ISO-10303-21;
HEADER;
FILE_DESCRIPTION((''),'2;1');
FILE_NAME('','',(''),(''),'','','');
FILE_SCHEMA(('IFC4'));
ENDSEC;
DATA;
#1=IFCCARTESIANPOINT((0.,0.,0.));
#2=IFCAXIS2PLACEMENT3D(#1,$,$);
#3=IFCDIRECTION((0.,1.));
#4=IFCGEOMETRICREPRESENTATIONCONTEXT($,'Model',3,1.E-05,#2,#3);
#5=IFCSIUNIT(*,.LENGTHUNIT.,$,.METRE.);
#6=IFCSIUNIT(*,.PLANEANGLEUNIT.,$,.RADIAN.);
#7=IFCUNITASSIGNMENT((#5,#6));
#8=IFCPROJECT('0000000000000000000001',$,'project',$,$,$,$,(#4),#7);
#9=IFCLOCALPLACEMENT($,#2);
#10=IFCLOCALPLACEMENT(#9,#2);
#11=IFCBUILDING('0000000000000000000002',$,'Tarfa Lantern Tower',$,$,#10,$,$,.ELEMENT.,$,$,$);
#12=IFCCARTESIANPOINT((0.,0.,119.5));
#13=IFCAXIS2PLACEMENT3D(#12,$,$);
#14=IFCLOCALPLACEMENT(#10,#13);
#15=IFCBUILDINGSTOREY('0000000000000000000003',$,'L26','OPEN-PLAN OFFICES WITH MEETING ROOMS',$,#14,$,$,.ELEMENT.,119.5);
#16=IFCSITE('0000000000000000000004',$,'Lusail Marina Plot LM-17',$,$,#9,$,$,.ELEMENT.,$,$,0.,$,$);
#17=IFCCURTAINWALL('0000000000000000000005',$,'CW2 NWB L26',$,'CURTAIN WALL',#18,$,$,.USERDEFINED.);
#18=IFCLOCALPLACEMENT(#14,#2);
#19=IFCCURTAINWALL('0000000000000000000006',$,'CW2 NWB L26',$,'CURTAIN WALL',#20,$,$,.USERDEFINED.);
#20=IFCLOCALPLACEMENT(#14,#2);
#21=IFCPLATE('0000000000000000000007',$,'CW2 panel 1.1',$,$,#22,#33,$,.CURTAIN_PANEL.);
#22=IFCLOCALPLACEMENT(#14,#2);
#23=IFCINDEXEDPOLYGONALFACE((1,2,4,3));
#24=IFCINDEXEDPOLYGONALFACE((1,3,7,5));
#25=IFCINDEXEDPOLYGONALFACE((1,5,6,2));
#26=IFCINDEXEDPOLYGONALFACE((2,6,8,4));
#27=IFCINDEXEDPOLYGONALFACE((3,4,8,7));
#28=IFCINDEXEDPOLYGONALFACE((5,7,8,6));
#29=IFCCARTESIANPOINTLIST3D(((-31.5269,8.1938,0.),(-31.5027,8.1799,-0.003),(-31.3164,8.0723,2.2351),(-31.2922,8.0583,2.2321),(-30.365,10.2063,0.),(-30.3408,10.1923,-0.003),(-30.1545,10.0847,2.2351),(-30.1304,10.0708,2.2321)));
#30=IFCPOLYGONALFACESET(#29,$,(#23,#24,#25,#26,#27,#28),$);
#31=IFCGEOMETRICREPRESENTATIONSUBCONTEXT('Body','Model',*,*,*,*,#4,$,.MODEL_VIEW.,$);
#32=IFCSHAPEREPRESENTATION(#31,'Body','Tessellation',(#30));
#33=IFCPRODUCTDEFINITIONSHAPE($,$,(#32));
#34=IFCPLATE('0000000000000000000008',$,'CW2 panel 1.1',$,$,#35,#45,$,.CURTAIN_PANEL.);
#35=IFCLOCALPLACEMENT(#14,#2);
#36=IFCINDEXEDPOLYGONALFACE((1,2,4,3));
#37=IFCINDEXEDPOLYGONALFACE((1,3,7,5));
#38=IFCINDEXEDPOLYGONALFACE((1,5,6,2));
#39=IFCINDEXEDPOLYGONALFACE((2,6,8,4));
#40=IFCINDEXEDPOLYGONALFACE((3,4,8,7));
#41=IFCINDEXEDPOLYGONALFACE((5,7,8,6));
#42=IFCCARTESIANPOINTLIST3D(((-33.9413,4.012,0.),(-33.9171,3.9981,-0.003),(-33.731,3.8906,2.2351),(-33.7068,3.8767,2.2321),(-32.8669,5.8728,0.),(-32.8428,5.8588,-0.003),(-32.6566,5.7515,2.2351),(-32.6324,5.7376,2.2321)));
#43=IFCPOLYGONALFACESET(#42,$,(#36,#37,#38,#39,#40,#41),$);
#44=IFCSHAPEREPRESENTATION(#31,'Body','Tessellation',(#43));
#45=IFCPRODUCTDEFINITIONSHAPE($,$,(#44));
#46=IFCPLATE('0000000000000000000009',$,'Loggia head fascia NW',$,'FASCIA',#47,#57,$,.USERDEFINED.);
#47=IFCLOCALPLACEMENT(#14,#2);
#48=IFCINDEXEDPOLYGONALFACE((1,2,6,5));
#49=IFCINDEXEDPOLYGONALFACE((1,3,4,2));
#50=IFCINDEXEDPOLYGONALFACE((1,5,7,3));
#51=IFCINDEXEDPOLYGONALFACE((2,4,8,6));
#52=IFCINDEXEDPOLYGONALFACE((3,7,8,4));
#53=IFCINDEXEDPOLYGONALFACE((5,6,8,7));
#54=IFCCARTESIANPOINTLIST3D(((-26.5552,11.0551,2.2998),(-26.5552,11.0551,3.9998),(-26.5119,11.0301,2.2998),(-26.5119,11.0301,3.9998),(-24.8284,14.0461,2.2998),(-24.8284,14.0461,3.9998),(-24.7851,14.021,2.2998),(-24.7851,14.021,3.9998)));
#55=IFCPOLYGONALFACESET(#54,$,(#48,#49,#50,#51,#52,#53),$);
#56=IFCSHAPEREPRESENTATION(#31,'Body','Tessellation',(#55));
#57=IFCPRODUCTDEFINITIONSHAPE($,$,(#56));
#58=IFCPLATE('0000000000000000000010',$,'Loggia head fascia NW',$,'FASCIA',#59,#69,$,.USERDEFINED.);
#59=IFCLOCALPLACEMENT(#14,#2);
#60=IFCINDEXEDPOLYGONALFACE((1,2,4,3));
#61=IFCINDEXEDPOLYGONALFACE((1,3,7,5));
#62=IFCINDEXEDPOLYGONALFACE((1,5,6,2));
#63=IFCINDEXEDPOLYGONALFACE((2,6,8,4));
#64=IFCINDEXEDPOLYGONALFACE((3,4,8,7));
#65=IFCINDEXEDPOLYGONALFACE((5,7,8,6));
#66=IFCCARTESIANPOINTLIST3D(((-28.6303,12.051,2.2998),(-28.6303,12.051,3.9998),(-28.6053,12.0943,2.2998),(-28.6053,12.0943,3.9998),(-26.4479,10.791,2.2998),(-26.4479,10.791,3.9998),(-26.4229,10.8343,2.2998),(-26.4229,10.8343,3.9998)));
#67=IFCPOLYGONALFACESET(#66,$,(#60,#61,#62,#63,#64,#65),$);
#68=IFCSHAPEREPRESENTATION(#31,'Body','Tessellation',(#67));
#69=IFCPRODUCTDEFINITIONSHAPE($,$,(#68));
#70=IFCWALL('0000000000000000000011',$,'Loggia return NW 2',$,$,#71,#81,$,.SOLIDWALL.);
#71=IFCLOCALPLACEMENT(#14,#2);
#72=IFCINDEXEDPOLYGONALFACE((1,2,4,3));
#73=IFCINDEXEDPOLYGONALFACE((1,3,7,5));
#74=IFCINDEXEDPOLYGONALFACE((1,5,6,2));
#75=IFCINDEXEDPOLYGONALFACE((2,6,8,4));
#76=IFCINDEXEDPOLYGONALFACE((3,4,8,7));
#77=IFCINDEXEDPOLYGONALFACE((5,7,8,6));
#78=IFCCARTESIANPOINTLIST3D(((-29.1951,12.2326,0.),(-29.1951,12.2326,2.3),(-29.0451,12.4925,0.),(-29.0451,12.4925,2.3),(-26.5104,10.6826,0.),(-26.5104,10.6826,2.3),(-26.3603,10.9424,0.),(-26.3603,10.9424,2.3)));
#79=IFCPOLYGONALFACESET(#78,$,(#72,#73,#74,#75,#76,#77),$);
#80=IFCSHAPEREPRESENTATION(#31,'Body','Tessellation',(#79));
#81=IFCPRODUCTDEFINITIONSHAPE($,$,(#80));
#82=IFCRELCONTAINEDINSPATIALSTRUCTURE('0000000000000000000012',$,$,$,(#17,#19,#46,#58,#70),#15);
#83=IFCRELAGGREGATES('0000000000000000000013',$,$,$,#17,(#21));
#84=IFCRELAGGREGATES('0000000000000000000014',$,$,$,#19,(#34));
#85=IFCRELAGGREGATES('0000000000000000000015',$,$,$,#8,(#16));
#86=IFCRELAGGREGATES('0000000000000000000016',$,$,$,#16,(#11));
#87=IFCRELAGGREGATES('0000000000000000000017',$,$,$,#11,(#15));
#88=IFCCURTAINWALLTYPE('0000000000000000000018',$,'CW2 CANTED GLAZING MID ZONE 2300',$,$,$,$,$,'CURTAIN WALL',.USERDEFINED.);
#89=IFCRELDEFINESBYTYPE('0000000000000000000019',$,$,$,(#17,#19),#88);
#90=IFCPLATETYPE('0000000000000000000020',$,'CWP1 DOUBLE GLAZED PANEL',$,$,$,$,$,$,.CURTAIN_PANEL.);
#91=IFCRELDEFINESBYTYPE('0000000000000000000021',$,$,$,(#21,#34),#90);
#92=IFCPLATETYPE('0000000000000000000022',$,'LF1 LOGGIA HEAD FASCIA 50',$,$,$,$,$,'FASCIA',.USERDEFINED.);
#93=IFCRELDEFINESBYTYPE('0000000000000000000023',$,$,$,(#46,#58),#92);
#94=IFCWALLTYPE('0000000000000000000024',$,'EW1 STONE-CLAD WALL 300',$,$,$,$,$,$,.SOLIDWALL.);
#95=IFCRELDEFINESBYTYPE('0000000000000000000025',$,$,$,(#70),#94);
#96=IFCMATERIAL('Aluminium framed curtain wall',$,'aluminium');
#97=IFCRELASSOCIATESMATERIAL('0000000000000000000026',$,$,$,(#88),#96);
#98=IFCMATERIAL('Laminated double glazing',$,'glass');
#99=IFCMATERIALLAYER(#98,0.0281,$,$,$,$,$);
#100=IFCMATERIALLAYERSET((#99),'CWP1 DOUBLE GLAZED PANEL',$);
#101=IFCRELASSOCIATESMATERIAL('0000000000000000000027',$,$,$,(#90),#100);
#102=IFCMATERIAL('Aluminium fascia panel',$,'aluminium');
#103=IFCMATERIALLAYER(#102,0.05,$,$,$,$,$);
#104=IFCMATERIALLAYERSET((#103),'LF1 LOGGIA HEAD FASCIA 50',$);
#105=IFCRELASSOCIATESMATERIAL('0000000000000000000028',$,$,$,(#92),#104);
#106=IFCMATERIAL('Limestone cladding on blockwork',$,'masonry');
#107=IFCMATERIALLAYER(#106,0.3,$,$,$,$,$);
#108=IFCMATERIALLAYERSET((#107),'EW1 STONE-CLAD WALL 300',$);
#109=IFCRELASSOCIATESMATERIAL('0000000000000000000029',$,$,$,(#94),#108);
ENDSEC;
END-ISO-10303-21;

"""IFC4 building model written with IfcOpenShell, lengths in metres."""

from ifc_helpers import new_model, si_unit, direction, frame, frame_2d, origin, origin_2d, place, context, subcontext, project, spatial, polyline, rectangle, outline, extrude, material, layer, layer_set, type_object, element, aggregate, save


model = new_model("IFC4")

# Units and contexts
model_context = context("Model", 3, precision=1e-05, world=origin(), true_north=direction((0.0, 1.0)))
body_context = subcontext(model_context, "Body", "Model", "MODEL_VIEW")
ifc_project = project(units=[si_unit("LENGTHUNIT", "METRE"), si_unit("PLANEANGLEUNIT", "RADIAN")], contexts=[model_context])

# Site, building, storey
site_placement = place(None, origin())
site = spatial("IfcSite", under=ifc_project, at=site_placement, Name="Lusail Marina Plot LM-17", CompositionType="ELEMENT", RefElevation=0.0)
building_placement = place(site_placement, origin())
building = spatial("IfcBuilding", under=site, at=building_placement, Name="Tarfa Lantern Tower", CompositionType="ELEMENT")
storey_placement = place(building_placement, frame((0.0, 0.0, 119.5)))
storey = spatial("IfcBuildingStorey", under=building, at=storey_placement, Name="L26", Description="OPEN-PLAN OFFICES WITH MEETING ROOMS", CompositionType="ELEMENT", Elevation=119.5)

# Curtain walls
ifc_material_1 = material(Name="Aluminium framed curtain wall", Category="aluminium")
curtain_wall_type_1 = type_object("IfcCurtainWallType", Name="CW2 CANTED GLAZING MID ZONE 2300", ElementType="CURTAIN WALL", PredefinedType="USERDEFINED", material=ifc_material_1)
curtain_wall_1_placement = place(storey_placement, origin())
curtain_wall_1 = element("IfcCurtainWall", 1, at=curtain_wall_1_placement, inside=storey, type_object=curtain_wall_type_1, Name="CW2 NWB L26", ObjectType="CURTAIN WALL", PredefinedType="USERDEFINED")
curtain_wall_2_placement = place(storey_placement, origin())
curtain_wall_2 = element("IfcCurtainWall", 2, at=curtain_wall_2_placement, inside=storey, type_object=curtain_wall_type_1, Name="CW2 NWB L26", ObjectType="CURTAIN WALL", PredefinedType="USERDEFINED")

# Plates
ifc_material_2 = material(Name="Laminated double glazing", Category="glass")
ifc_layer_1 = layer(ifc_material_2, 0.0281)
ifc_layer_set_1 = layer_set([ifc_layer_1], Name="CWP1 DOUBLE GLAZED PANEL")
plate_type_1 = type_object("IfcPlateType", Name="CWP1 DOUBLE GLAZED PANEL", PredefinedType="CURTAIN_PANEL", material=ifc_layer_set_1)
plate_1_placement = place(storey_placement, frame((-30.365, 10.2063, 0.0), z_axis=(-0.860955, 0.497062, 0.108103), x_axis=(-0.499992, -0.86603, 0.0)))
plate_1 = element("IfcPlate", 3, at=plate_1_placement, type_object=plate_type_1, Name="CW2 panel 1.1", PredefinedType="CURTAIN_PANEL", context=body_context, shape_type="SweptSolid", body=[
    extrude(outline(polyline([(0.0, 0.0), (2.3238, 0.0), (2.3238, 2.2483), (0.0001, 2.2483), (0.0, 0.0)])), origin(), (0.0, 0.0, -1.0), 0.0281),
])
aggregate(curtain_wall_1, [plate_1])
plate_2_placement = place(storey_placement, frame((-32.8669, 5.8728, 0.0), z_axis=(-0.860963, 0.49707, 0.108003), x_axis=(-0.499994, -0.866029, 0.000005)))
plate_2 = element("IfcPlate", 4, at=plate_2_placement, type_object=plate_type_1, Name="CW2 panel 1.1", PredefinedType="CURTAIN_PANEL", context=body_context, shape_type="SweptSolid", body=[
    extrude(outline(polyline([(0.0, 0.0), (2.1486, 0.0), (2.1486, 2.2482), (-0.0001, 2.2483), (0.0, 0.0)])), origin(), (0.0, 0.0, -1.0), 0.0281),
])
aggregate(curtain_wall_2, [plate_2])

# Plates
ifc_material_3 = material(Name="Aluminium fascia panel", Category="aluminium")
ifc_layer_2 = layer(ifc_material_3, 0.05)
ifc_layer_set_2 = layer_set([ifc_layer_2], Name="LF1 LOGGIA HEAD FASCIA 50")
plate_type_2 = type_object("IfcPlateType", Name="LF1 LOGGIA HEAD FASCIA 50", ElementType="FASCIA", PredefinedType="USERDEFINED", material=ifc_layer_set_2)
plate_3_placement = place(storey_placement, frame((-25.6702, 12.5381, 2.2998), z_axis=(0.0, 0.0, 1.0), x_axis=(-0.5, -0.866025, 0.0)))
element("IfcPlate", 5, at=plate_3_placement, inside=storey, type_object=plate_type_2, Name="Loggia head fascia NW", ObjectType="FASCIA", PredefinedType="USERDEFINED", context=body_context, shape_type="SweptSolid", body=[
    extrude(rectangle(XDim=3.4536, YDim=0.05, at=origin_2d()), origin(), (0.0, 0.0, 1.0), 1.7),
])
plate_4_placement = place(storey_placement, frame((-27.5266, 11.4426, 2.2998), z_axis=(0.0, 0.0, 1.0), x_axis=(0.866025, -0.5, 0.0)))
element("IfcPlate", 6, at=plate_4_placement, inside=storey, type_object=plate_type_2, Name="Loggia head fascia NW", ObjectType="FASCIA", PredefinedType="USERDEFINED", context=body_context, shape_type="SweptSolid", body=[
    extrude(rectangle(XDim=2.52, YDim=0.05, at=origin_2d()), origin(), (0.0, 0.0, 1.0), 1.7),
])

# Wall
ifc_material_4 = material(Name="Limestone cladding on blockwork", Category="masonry")
ifc_layer_3 = layer(ifc_material_4, 0.3)
ifc_layer_set_3 = layer_set([ifc_layer_3], Name="EW1 STONE-CLAD WALL 300")
wall_type = type_object("IfcWallType", Name="EW1 STONE-CLAD WALL 300", PredefinedType="SOLIDWALL", material=ifc_layer_set_3)
wall_placement = place(storey_placement, frame((-29.1201, 12.3625, 0.0), z_axis=(0.0, 0.0, 1.0), x_axis=(0.86603, -0.499993, 0.0)))
element("IfcWall", 7, at=wall_placement, inside=storey, type_object=wall_type, Name="Loggia return NW 2", PredefinedType="SOLIDWALL", context=body_context, shape_type="SweptSolid", body=[
    extrude(rectangle(XDim=3.1001, YDim=0.3, at=frame_2d((1.55, 0.0))), origin(), (0.0, 0.0, 1.0), 2.3),
])

save(model, "model.ifc")
